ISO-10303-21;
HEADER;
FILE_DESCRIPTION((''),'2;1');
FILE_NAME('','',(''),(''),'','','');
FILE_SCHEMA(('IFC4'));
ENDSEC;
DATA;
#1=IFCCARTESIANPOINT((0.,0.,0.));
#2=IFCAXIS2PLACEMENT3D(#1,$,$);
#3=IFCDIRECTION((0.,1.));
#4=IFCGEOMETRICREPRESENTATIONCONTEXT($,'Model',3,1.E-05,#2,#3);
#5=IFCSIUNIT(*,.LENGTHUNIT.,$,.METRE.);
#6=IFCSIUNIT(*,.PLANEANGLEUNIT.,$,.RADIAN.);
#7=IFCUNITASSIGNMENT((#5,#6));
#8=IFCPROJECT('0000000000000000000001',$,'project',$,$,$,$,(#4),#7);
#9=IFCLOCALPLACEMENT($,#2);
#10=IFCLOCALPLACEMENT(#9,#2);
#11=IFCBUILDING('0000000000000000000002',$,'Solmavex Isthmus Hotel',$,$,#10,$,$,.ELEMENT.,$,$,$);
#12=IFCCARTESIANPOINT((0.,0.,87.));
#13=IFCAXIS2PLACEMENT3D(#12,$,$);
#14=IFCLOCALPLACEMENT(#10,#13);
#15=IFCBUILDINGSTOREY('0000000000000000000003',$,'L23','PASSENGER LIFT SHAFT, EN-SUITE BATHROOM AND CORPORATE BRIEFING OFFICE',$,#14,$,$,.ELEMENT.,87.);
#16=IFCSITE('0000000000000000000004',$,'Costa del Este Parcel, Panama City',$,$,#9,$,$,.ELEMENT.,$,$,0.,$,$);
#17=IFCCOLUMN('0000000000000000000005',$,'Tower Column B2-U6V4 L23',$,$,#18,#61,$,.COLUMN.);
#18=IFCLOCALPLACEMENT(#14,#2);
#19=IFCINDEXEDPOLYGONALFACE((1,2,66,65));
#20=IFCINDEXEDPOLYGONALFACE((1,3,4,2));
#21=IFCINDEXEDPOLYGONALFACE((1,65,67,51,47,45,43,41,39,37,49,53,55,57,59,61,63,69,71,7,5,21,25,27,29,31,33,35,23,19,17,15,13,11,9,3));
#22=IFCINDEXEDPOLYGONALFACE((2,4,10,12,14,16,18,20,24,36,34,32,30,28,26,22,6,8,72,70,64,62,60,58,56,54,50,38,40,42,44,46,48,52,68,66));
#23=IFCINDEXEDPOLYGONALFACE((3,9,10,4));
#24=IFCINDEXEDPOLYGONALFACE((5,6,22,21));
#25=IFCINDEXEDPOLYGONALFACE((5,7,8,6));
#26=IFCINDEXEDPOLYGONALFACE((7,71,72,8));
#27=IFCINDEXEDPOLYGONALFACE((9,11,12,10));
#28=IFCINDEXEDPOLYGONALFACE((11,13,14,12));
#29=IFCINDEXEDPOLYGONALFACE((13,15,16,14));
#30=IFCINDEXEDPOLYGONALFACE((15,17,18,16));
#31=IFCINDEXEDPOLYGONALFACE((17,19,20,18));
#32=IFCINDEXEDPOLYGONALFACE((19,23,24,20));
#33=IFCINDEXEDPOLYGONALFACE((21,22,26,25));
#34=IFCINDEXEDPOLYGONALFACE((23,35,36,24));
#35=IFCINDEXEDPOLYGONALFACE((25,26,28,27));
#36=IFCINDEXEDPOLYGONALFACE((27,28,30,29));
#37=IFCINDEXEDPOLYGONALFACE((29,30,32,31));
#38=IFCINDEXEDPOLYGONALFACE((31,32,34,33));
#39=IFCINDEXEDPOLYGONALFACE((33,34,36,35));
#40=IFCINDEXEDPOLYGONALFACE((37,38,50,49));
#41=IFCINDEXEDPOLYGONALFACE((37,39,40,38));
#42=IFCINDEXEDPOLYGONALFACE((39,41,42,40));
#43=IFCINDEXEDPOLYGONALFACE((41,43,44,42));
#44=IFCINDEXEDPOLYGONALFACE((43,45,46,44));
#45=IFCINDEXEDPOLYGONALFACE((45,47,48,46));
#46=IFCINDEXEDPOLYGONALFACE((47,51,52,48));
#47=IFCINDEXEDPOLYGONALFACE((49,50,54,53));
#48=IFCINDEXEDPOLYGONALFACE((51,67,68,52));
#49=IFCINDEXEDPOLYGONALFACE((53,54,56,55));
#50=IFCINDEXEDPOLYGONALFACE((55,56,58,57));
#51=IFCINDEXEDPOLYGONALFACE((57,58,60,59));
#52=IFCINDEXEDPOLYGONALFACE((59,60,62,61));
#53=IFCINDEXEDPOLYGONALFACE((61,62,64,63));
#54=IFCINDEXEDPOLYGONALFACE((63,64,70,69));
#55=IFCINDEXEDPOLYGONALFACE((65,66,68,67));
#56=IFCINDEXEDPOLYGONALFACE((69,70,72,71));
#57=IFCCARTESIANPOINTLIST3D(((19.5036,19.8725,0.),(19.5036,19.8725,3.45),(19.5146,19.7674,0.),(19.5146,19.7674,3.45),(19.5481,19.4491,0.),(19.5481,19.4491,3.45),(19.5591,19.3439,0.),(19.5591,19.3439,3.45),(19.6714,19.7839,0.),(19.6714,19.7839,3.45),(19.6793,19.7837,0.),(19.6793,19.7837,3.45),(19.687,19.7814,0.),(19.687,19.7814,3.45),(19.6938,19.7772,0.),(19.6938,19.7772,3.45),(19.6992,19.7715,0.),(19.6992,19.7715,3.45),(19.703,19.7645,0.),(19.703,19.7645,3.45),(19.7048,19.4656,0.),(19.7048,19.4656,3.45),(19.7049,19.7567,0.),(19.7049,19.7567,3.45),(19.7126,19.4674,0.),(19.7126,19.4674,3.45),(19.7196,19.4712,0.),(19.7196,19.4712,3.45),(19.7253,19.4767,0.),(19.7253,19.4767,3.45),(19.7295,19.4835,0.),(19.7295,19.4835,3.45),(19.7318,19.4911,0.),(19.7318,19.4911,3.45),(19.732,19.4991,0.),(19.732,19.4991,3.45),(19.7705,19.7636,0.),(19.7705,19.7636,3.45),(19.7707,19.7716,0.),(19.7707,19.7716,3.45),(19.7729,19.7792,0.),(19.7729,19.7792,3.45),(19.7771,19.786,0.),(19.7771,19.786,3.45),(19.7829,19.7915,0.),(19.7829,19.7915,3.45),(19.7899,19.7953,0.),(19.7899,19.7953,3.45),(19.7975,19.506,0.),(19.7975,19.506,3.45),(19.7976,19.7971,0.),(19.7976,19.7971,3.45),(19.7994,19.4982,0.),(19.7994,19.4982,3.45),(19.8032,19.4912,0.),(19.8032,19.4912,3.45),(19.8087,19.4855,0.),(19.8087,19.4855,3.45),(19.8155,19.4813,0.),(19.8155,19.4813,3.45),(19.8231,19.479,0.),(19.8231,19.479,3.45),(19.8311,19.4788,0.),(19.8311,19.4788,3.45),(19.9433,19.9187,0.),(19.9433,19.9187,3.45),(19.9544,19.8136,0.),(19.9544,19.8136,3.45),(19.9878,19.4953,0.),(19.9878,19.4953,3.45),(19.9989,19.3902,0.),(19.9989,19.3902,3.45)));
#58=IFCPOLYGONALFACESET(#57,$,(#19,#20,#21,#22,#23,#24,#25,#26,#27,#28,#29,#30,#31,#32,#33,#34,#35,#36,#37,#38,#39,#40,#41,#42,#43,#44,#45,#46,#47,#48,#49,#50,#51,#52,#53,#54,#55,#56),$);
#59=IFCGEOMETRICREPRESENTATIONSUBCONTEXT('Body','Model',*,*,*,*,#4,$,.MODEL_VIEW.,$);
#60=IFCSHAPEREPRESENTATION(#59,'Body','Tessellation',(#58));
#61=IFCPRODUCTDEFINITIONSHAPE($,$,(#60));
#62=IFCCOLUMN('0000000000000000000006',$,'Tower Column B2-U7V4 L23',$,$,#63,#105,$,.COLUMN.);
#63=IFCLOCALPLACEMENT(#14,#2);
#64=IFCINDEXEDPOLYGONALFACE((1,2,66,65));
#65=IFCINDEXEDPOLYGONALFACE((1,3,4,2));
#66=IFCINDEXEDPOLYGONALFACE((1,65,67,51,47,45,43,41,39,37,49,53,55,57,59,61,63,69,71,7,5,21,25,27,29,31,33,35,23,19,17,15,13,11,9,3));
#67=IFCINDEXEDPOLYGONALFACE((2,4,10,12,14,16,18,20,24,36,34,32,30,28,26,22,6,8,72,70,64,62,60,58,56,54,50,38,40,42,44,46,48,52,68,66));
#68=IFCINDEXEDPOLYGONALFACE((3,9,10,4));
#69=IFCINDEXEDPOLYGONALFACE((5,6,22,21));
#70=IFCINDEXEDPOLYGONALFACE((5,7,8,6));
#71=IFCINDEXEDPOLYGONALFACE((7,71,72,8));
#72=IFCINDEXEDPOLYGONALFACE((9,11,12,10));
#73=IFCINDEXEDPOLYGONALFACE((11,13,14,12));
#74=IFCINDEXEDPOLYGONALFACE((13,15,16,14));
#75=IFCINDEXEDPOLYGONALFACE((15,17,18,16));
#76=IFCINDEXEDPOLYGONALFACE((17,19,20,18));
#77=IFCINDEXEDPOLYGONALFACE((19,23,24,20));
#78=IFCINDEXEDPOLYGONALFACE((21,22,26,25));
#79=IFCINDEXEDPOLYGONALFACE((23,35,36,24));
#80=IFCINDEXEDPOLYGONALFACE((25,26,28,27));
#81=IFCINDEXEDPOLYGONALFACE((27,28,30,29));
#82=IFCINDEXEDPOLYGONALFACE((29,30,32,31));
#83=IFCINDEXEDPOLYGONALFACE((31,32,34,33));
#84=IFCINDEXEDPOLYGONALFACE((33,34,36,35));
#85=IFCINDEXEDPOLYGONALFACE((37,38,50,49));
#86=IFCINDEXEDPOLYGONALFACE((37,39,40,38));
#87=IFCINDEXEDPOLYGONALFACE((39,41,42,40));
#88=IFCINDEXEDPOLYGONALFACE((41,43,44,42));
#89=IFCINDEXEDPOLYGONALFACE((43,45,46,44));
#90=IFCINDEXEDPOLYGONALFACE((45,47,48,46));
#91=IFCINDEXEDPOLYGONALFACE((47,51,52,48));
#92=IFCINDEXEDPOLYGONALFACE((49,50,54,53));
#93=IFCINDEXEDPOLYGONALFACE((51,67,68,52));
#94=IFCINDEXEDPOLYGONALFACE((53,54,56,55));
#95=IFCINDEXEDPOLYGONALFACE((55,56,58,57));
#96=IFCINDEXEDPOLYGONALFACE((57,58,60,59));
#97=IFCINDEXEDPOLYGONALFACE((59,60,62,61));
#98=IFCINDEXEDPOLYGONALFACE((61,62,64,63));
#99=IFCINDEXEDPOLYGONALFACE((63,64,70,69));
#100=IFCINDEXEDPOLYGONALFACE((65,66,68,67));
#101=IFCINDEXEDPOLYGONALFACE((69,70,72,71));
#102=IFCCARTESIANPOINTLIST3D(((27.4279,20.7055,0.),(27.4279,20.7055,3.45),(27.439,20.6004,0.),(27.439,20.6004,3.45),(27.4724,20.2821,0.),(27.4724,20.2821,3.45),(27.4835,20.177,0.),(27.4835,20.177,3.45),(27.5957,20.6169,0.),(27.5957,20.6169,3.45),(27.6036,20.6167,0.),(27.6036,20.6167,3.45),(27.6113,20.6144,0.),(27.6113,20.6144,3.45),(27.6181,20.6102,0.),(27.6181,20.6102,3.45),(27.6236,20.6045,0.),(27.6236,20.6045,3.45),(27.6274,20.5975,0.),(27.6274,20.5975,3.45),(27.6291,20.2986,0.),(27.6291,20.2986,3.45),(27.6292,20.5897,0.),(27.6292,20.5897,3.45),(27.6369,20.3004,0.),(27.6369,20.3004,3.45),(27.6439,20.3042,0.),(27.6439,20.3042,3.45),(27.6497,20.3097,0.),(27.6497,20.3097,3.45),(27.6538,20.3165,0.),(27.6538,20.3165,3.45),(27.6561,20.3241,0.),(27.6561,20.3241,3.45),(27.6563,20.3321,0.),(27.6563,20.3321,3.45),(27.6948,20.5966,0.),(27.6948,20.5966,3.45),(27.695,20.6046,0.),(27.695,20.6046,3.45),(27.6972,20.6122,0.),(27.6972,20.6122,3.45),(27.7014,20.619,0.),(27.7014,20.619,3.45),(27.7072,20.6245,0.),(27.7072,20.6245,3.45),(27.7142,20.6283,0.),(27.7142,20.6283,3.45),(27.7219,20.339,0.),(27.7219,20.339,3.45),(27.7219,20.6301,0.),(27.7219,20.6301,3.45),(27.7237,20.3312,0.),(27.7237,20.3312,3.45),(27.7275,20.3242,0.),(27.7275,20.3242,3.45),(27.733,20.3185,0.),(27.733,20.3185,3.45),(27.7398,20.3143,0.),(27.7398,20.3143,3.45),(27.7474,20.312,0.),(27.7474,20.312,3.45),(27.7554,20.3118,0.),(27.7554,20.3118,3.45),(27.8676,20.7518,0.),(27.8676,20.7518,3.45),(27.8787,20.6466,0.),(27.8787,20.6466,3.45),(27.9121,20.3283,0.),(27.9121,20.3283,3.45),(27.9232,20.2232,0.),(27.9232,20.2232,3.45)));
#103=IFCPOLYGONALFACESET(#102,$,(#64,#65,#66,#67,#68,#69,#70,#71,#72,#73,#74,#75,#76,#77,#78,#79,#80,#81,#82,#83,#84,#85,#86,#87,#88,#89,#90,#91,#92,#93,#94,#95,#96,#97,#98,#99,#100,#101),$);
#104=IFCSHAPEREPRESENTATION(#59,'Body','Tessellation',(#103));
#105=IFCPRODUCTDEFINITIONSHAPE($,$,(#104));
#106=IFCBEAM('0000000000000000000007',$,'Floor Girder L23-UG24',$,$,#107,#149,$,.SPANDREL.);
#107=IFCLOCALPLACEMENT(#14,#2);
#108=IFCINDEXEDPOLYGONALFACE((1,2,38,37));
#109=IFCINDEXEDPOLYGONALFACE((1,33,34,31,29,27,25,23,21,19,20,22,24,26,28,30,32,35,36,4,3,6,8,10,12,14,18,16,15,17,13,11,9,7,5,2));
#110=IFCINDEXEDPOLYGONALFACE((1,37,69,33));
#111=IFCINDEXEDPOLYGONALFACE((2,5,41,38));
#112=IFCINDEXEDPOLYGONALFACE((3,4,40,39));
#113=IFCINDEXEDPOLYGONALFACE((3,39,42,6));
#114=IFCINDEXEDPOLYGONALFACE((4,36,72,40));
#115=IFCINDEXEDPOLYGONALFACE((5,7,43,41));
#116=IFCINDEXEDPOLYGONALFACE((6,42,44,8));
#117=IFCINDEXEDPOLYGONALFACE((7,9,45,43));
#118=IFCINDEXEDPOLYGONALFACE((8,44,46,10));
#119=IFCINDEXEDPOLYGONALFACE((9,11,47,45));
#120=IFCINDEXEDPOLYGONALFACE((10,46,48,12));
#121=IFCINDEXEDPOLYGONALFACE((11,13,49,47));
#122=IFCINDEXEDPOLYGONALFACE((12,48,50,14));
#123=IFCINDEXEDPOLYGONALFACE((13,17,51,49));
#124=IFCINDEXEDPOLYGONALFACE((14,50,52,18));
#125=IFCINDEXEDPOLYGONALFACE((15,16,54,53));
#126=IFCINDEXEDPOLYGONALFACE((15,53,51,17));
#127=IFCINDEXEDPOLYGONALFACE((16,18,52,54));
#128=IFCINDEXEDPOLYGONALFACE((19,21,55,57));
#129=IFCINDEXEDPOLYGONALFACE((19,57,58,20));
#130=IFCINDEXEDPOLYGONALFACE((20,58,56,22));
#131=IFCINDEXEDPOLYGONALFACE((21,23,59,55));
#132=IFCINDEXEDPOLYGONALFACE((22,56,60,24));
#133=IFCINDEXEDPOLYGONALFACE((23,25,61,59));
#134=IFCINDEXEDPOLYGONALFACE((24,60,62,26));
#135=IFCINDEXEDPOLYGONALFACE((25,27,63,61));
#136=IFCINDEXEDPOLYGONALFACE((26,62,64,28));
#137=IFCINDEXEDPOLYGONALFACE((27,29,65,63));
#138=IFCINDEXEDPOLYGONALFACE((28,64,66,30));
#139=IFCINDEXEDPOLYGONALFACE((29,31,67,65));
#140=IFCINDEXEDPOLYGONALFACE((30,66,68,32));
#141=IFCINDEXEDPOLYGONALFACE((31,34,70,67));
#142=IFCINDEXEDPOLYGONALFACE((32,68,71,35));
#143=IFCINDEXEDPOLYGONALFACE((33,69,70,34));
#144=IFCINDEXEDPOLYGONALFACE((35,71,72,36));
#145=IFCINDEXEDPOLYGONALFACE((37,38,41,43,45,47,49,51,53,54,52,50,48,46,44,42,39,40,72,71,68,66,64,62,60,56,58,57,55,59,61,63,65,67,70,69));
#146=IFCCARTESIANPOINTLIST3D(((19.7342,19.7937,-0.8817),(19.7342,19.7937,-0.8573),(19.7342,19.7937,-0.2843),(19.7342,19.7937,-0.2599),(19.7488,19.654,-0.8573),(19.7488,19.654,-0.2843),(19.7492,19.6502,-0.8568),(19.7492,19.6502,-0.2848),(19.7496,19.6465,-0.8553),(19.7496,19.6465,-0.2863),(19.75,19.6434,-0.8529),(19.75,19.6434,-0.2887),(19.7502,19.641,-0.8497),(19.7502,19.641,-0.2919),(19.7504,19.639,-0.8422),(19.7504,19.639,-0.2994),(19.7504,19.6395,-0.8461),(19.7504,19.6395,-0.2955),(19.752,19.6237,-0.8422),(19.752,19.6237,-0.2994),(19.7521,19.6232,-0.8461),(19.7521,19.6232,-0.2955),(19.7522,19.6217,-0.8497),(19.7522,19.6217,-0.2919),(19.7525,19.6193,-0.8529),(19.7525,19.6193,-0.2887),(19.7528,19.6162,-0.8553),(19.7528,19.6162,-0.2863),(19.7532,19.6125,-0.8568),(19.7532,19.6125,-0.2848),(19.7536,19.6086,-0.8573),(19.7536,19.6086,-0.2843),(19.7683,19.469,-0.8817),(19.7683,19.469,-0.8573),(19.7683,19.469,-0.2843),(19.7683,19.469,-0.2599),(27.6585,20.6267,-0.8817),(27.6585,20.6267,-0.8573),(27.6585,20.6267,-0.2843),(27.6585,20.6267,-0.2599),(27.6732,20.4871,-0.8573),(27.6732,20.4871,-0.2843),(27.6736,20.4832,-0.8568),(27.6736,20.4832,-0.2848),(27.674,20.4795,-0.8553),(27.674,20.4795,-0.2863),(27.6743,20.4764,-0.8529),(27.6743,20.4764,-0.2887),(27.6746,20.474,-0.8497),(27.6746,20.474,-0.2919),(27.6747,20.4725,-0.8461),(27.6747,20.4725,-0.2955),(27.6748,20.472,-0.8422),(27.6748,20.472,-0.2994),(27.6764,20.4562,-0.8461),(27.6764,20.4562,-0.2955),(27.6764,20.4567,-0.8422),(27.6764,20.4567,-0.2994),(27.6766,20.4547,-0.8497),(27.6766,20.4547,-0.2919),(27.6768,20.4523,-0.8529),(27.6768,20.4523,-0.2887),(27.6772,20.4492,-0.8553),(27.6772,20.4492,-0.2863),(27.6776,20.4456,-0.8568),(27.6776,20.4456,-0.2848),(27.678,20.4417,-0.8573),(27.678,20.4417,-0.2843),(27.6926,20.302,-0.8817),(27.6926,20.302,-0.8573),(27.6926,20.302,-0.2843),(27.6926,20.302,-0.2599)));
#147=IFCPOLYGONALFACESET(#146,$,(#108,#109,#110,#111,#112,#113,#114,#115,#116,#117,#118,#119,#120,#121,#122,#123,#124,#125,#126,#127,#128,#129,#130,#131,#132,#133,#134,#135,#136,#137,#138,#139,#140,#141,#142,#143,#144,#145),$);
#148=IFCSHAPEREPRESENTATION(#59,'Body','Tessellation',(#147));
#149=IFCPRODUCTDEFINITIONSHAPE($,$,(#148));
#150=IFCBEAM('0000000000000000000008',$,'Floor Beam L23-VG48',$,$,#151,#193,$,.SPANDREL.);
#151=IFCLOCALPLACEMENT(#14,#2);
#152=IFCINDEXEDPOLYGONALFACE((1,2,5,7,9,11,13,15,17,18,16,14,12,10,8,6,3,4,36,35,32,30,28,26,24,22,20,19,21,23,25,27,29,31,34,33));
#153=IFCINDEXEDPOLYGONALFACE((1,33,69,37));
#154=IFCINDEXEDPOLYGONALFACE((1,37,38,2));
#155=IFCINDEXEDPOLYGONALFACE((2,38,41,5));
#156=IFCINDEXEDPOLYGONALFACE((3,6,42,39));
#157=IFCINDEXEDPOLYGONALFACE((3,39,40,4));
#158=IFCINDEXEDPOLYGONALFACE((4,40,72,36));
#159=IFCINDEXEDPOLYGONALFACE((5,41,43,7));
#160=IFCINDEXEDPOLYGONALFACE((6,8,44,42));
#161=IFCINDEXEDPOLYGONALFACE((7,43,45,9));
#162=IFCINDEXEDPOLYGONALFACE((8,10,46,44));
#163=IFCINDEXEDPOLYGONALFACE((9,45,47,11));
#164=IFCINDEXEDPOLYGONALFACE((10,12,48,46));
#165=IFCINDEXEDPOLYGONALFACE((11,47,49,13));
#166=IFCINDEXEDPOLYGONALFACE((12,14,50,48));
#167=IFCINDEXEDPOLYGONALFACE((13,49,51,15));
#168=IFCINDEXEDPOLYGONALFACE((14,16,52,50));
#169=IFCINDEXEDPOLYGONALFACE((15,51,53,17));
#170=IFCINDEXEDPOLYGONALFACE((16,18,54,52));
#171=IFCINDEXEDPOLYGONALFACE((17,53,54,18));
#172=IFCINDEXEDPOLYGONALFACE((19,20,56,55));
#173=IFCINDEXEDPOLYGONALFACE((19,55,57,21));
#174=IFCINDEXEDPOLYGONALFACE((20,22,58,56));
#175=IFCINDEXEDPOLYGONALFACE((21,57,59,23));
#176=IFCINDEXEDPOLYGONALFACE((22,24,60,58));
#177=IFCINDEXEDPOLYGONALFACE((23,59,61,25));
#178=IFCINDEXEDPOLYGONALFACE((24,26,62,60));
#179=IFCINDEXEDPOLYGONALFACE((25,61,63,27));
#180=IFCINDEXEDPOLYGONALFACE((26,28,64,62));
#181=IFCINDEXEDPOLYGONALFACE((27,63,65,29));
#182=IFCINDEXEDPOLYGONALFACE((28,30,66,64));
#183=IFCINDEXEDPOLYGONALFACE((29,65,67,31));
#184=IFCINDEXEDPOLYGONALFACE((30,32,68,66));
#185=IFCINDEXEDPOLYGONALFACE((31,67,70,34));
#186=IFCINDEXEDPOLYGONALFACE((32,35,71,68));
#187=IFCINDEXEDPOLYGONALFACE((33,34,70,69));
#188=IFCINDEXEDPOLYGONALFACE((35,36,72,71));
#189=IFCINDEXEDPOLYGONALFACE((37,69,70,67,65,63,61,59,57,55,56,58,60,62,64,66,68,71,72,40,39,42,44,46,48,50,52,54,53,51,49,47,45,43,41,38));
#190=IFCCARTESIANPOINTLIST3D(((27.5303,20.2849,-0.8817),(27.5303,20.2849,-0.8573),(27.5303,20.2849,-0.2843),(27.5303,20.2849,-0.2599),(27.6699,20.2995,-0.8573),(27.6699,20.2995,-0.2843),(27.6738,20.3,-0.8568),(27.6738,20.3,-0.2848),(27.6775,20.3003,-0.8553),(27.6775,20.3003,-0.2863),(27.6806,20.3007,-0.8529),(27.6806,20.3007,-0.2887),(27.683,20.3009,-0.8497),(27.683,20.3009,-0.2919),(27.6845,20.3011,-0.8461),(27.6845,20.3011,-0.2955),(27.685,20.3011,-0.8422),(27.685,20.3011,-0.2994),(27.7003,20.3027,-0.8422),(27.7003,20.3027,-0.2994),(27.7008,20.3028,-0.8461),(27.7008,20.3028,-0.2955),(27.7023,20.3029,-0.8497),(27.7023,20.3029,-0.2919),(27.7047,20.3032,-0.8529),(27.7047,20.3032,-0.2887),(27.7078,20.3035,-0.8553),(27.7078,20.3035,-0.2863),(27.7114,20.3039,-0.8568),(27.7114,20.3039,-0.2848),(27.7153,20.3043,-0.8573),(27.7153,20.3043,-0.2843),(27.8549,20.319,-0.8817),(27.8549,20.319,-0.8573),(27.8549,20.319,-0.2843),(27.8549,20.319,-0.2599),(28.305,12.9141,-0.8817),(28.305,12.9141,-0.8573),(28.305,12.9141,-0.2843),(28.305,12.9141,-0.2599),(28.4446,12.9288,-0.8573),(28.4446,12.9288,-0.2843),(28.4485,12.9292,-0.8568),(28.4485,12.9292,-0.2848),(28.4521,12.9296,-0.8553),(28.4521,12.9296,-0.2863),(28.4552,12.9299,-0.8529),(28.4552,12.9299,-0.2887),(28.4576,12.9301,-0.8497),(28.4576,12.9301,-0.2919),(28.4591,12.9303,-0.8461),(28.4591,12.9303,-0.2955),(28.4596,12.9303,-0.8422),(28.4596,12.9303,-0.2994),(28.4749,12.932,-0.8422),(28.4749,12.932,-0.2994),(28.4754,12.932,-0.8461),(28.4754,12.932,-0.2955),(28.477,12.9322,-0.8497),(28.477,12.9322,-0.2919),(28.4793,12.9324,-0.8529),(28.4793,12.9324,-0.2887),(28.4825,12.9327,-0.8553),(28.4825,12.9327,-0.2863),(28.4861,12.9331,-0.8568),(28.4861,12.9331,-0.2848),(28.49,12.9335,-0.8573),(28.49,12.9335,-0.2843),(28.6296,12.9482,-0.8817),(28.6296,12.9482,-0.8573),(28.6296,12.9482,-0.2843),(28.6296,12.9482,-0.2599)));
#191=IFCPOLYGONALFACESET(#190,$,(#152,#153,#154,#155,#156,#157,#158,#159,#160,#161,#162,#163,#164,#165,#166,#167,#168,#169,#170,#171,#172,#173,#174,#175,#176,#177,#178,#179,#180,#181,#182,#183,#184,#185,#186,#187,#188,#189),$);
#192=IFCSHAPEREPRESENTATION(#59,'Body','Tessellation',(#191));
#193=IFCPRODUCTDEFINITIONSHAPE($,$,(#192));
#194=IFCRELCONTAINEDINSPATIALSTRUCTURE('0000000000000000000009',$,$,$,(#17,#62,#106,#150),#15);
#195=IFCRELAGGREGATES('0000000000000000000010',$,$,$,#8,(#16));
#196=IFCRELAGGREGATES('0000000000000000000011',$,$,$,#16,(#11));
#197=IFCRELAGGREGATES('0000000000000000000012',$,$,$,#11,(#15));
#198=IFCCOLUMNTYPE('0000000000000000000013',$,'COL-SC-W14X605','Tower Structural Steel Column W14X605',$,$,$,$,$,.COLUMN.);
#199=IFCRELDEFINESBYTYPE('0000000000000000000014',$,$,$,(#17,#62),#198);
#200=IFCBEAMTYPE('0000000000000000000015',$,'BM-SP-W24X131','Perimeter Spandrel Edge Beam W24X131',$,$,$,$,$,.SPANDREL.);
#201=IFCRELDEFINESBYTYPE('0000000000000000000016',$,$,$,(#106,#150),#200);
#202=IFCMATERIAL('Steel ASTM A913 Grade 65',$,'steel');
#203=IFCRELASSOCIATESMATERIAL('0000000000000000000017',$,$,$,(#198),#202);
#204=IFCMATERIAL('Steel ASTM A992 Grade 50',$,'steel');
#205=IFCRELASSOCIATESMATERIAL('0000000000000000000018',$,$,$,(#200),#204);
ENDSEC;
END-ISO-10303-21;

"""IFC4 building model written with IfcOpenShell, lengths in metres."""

from ifc_helpers import new_model, si_unit, direction, frame, origin, origin_2d, place, context, subcontext, project, spatial, i_section, extrude, material, material_profile, profile_set, type_object, element, save


model = new_model("IFC4")

# Units and contexts
model_context = context("Model", 3, precision=1e-05, world=origin(), true_north=direction((0.0, 1.0)))
body_context = subcontext(model_context, "Body", "Model", "MODEL_VIEW")
ifc_project = project(units=[si_unit("LENGTHUNIT", "METRE"), si_unit("PLANEANGLEUNIT", "RADIAN")], contexts=[model_context])

# Site, building, storey
site_placement = place(None, origin())
site = spatial("IfcSite", under=ifc_project, at=site_placement, Name="Costa del Este Parcel, Panama City", CompositionType="ELEMENT", RefElevation=0.0)
building_placement = place(site_placement, origin())
building = spatial("IfcBuilding", under=site, at=building_placement, Name="Solmavex Isthmus Hotel", CompositionType="ELEMENT")
storey_placement = place(building_placement, frame((0.0, 0.0, 87.0)))
storey = spatial("IfcBuildingStorey", under=building, at=storey_placement, Name="L23", Description="PASSENGER LIFT SHAFT, EN-SUITE BATHROOM AND CORPORATE BRIEFING OFFICE", CompositionType="ELEMENT", Elevation=87.0)

# Columns
ifc_material_1 = material(Name="Steel ASTM A913 Grade 65", Category="steel")
ifc_material_profile_1 = material_profile(ifc_material_1, i_section(OverallWidth=0.4421, OverallDepth=0.5315, WebThickness=0.0659, FlangeThickness=0.1057, FilletRadius=0.0305, at=origin_2d()), Name="W14X605")
ifc_profile_set_1 = profile_set([ifc_material_profile_1], Name="Steel ASTM A913 Grade 65")
column_type = type_object("IfcColumnType", Name="COL-SC-W14X605", Description="Tower Structural Steel Column W14X605", PredefinedType="COLUMN", material=ifc_profile_set_1)
for number, where, z_axis, x_axis, name in (
    (1, (19.7512, 19.6313, 0.0), (0.0, 0.0, 1.0), (0.994522, 0.104528, 0.0), "Tower Column B2-U6V4 L23"),
    (2, (27.6755, 20.4644, 0.0), (0.0, 0.0, 1.0), (0.994522, 0.104528, 0.0), "Tower Column B2-U7V4 L23"),
):
    element("IfcColumn", number, at=place(storey_placement, frame(where, z_axis=z_axis, x_axis=x_axis)), inside=storey, type_object=column_type, Name=name, PredefinedType="COLUMN", context=body_context, shape_type="SweptSolid", body=[
        extrude(i_section(OverallWidth=0.4421, OverallDepth=0.5315, WebThickness=0.0659, FlangeThickness=0.1057, FilletRadius=0.0305, at=origin_2d()), origin(), (0.0, 0.0, 1.0), 3.45),
    ])

# Beams
ifc_material_2 = material(Name="Steel ASTM A992 Grade 50", Category="steel")
ifc_material_profile_2 = material_profile(ifc_material_2, i_section(OverallWidth=0.3264, OverallDepth=0.6218, WebThickness=0.0154, FlangeThickness=0.0244, FilletRadius=0.0151, at=origin_2d()), Name="W24X131")
ifc_profile_set_2 = profile_set([ifc_material_profile_2], Name="Steel ASTM A992 Grade 50")
beam_type = type_object("IfcBeamType", Name="BM-SP-W24X131", Description="Perimeter Spandrel Edge Beam W24X131", PredefinedType="SPANDREL", material=ifc_profile_set_2)
beam_1_placement = place(storey_placement, frame((19.7512, 19.6313, -0.5708), z_axis=(0.99452, 0.104544, 0.0), x_axis=(-0.104544, 0.99452, 0.0)))
element("IfcBeam", 3, at=beam_1_placement, inside=storey, type_object=beam_type, Name="Floor Girder L23-UG24", PredefinedType="SPANDREL", context=body_context, shape_type="SweptSolid", body=[
    extrude(i_section(OverallWidth=0.3264, OverallDepth=0.6218, WebThickness=0.0154, FlangeThickness=0.0244, FilletRadius=0.0151, at=origin_2d()), origin(), (0.0, 0.0, 1.0), 7.968),
])
beam_2_placement = place(storey_placement, frame((28.4673, 12.9312, -0.5708), z_axis=(-0.104522, 0.994523, 0.0), x_axis=(-0.994523, -0.104522, 0.0)))
element("IfcBeam", 4, at=beam_2_placement, inside=storey, type_object=beam_type, Name="Floor Beam L23-VG48", PredefinedType="SPANDREL", context=body_context, shape_type="SweptSolid", body=[
    extrude(i_section(OverallWidth=0.3264, OverallDepth=0.6218, WebThickness=0.0154, FlangeThickness=0.0244, FilletRadius=0.0151, at=origin_2d()), origin(), (0.0, 0.0, 1.0), 7.4114),
])

save(model, "model.ifc")
